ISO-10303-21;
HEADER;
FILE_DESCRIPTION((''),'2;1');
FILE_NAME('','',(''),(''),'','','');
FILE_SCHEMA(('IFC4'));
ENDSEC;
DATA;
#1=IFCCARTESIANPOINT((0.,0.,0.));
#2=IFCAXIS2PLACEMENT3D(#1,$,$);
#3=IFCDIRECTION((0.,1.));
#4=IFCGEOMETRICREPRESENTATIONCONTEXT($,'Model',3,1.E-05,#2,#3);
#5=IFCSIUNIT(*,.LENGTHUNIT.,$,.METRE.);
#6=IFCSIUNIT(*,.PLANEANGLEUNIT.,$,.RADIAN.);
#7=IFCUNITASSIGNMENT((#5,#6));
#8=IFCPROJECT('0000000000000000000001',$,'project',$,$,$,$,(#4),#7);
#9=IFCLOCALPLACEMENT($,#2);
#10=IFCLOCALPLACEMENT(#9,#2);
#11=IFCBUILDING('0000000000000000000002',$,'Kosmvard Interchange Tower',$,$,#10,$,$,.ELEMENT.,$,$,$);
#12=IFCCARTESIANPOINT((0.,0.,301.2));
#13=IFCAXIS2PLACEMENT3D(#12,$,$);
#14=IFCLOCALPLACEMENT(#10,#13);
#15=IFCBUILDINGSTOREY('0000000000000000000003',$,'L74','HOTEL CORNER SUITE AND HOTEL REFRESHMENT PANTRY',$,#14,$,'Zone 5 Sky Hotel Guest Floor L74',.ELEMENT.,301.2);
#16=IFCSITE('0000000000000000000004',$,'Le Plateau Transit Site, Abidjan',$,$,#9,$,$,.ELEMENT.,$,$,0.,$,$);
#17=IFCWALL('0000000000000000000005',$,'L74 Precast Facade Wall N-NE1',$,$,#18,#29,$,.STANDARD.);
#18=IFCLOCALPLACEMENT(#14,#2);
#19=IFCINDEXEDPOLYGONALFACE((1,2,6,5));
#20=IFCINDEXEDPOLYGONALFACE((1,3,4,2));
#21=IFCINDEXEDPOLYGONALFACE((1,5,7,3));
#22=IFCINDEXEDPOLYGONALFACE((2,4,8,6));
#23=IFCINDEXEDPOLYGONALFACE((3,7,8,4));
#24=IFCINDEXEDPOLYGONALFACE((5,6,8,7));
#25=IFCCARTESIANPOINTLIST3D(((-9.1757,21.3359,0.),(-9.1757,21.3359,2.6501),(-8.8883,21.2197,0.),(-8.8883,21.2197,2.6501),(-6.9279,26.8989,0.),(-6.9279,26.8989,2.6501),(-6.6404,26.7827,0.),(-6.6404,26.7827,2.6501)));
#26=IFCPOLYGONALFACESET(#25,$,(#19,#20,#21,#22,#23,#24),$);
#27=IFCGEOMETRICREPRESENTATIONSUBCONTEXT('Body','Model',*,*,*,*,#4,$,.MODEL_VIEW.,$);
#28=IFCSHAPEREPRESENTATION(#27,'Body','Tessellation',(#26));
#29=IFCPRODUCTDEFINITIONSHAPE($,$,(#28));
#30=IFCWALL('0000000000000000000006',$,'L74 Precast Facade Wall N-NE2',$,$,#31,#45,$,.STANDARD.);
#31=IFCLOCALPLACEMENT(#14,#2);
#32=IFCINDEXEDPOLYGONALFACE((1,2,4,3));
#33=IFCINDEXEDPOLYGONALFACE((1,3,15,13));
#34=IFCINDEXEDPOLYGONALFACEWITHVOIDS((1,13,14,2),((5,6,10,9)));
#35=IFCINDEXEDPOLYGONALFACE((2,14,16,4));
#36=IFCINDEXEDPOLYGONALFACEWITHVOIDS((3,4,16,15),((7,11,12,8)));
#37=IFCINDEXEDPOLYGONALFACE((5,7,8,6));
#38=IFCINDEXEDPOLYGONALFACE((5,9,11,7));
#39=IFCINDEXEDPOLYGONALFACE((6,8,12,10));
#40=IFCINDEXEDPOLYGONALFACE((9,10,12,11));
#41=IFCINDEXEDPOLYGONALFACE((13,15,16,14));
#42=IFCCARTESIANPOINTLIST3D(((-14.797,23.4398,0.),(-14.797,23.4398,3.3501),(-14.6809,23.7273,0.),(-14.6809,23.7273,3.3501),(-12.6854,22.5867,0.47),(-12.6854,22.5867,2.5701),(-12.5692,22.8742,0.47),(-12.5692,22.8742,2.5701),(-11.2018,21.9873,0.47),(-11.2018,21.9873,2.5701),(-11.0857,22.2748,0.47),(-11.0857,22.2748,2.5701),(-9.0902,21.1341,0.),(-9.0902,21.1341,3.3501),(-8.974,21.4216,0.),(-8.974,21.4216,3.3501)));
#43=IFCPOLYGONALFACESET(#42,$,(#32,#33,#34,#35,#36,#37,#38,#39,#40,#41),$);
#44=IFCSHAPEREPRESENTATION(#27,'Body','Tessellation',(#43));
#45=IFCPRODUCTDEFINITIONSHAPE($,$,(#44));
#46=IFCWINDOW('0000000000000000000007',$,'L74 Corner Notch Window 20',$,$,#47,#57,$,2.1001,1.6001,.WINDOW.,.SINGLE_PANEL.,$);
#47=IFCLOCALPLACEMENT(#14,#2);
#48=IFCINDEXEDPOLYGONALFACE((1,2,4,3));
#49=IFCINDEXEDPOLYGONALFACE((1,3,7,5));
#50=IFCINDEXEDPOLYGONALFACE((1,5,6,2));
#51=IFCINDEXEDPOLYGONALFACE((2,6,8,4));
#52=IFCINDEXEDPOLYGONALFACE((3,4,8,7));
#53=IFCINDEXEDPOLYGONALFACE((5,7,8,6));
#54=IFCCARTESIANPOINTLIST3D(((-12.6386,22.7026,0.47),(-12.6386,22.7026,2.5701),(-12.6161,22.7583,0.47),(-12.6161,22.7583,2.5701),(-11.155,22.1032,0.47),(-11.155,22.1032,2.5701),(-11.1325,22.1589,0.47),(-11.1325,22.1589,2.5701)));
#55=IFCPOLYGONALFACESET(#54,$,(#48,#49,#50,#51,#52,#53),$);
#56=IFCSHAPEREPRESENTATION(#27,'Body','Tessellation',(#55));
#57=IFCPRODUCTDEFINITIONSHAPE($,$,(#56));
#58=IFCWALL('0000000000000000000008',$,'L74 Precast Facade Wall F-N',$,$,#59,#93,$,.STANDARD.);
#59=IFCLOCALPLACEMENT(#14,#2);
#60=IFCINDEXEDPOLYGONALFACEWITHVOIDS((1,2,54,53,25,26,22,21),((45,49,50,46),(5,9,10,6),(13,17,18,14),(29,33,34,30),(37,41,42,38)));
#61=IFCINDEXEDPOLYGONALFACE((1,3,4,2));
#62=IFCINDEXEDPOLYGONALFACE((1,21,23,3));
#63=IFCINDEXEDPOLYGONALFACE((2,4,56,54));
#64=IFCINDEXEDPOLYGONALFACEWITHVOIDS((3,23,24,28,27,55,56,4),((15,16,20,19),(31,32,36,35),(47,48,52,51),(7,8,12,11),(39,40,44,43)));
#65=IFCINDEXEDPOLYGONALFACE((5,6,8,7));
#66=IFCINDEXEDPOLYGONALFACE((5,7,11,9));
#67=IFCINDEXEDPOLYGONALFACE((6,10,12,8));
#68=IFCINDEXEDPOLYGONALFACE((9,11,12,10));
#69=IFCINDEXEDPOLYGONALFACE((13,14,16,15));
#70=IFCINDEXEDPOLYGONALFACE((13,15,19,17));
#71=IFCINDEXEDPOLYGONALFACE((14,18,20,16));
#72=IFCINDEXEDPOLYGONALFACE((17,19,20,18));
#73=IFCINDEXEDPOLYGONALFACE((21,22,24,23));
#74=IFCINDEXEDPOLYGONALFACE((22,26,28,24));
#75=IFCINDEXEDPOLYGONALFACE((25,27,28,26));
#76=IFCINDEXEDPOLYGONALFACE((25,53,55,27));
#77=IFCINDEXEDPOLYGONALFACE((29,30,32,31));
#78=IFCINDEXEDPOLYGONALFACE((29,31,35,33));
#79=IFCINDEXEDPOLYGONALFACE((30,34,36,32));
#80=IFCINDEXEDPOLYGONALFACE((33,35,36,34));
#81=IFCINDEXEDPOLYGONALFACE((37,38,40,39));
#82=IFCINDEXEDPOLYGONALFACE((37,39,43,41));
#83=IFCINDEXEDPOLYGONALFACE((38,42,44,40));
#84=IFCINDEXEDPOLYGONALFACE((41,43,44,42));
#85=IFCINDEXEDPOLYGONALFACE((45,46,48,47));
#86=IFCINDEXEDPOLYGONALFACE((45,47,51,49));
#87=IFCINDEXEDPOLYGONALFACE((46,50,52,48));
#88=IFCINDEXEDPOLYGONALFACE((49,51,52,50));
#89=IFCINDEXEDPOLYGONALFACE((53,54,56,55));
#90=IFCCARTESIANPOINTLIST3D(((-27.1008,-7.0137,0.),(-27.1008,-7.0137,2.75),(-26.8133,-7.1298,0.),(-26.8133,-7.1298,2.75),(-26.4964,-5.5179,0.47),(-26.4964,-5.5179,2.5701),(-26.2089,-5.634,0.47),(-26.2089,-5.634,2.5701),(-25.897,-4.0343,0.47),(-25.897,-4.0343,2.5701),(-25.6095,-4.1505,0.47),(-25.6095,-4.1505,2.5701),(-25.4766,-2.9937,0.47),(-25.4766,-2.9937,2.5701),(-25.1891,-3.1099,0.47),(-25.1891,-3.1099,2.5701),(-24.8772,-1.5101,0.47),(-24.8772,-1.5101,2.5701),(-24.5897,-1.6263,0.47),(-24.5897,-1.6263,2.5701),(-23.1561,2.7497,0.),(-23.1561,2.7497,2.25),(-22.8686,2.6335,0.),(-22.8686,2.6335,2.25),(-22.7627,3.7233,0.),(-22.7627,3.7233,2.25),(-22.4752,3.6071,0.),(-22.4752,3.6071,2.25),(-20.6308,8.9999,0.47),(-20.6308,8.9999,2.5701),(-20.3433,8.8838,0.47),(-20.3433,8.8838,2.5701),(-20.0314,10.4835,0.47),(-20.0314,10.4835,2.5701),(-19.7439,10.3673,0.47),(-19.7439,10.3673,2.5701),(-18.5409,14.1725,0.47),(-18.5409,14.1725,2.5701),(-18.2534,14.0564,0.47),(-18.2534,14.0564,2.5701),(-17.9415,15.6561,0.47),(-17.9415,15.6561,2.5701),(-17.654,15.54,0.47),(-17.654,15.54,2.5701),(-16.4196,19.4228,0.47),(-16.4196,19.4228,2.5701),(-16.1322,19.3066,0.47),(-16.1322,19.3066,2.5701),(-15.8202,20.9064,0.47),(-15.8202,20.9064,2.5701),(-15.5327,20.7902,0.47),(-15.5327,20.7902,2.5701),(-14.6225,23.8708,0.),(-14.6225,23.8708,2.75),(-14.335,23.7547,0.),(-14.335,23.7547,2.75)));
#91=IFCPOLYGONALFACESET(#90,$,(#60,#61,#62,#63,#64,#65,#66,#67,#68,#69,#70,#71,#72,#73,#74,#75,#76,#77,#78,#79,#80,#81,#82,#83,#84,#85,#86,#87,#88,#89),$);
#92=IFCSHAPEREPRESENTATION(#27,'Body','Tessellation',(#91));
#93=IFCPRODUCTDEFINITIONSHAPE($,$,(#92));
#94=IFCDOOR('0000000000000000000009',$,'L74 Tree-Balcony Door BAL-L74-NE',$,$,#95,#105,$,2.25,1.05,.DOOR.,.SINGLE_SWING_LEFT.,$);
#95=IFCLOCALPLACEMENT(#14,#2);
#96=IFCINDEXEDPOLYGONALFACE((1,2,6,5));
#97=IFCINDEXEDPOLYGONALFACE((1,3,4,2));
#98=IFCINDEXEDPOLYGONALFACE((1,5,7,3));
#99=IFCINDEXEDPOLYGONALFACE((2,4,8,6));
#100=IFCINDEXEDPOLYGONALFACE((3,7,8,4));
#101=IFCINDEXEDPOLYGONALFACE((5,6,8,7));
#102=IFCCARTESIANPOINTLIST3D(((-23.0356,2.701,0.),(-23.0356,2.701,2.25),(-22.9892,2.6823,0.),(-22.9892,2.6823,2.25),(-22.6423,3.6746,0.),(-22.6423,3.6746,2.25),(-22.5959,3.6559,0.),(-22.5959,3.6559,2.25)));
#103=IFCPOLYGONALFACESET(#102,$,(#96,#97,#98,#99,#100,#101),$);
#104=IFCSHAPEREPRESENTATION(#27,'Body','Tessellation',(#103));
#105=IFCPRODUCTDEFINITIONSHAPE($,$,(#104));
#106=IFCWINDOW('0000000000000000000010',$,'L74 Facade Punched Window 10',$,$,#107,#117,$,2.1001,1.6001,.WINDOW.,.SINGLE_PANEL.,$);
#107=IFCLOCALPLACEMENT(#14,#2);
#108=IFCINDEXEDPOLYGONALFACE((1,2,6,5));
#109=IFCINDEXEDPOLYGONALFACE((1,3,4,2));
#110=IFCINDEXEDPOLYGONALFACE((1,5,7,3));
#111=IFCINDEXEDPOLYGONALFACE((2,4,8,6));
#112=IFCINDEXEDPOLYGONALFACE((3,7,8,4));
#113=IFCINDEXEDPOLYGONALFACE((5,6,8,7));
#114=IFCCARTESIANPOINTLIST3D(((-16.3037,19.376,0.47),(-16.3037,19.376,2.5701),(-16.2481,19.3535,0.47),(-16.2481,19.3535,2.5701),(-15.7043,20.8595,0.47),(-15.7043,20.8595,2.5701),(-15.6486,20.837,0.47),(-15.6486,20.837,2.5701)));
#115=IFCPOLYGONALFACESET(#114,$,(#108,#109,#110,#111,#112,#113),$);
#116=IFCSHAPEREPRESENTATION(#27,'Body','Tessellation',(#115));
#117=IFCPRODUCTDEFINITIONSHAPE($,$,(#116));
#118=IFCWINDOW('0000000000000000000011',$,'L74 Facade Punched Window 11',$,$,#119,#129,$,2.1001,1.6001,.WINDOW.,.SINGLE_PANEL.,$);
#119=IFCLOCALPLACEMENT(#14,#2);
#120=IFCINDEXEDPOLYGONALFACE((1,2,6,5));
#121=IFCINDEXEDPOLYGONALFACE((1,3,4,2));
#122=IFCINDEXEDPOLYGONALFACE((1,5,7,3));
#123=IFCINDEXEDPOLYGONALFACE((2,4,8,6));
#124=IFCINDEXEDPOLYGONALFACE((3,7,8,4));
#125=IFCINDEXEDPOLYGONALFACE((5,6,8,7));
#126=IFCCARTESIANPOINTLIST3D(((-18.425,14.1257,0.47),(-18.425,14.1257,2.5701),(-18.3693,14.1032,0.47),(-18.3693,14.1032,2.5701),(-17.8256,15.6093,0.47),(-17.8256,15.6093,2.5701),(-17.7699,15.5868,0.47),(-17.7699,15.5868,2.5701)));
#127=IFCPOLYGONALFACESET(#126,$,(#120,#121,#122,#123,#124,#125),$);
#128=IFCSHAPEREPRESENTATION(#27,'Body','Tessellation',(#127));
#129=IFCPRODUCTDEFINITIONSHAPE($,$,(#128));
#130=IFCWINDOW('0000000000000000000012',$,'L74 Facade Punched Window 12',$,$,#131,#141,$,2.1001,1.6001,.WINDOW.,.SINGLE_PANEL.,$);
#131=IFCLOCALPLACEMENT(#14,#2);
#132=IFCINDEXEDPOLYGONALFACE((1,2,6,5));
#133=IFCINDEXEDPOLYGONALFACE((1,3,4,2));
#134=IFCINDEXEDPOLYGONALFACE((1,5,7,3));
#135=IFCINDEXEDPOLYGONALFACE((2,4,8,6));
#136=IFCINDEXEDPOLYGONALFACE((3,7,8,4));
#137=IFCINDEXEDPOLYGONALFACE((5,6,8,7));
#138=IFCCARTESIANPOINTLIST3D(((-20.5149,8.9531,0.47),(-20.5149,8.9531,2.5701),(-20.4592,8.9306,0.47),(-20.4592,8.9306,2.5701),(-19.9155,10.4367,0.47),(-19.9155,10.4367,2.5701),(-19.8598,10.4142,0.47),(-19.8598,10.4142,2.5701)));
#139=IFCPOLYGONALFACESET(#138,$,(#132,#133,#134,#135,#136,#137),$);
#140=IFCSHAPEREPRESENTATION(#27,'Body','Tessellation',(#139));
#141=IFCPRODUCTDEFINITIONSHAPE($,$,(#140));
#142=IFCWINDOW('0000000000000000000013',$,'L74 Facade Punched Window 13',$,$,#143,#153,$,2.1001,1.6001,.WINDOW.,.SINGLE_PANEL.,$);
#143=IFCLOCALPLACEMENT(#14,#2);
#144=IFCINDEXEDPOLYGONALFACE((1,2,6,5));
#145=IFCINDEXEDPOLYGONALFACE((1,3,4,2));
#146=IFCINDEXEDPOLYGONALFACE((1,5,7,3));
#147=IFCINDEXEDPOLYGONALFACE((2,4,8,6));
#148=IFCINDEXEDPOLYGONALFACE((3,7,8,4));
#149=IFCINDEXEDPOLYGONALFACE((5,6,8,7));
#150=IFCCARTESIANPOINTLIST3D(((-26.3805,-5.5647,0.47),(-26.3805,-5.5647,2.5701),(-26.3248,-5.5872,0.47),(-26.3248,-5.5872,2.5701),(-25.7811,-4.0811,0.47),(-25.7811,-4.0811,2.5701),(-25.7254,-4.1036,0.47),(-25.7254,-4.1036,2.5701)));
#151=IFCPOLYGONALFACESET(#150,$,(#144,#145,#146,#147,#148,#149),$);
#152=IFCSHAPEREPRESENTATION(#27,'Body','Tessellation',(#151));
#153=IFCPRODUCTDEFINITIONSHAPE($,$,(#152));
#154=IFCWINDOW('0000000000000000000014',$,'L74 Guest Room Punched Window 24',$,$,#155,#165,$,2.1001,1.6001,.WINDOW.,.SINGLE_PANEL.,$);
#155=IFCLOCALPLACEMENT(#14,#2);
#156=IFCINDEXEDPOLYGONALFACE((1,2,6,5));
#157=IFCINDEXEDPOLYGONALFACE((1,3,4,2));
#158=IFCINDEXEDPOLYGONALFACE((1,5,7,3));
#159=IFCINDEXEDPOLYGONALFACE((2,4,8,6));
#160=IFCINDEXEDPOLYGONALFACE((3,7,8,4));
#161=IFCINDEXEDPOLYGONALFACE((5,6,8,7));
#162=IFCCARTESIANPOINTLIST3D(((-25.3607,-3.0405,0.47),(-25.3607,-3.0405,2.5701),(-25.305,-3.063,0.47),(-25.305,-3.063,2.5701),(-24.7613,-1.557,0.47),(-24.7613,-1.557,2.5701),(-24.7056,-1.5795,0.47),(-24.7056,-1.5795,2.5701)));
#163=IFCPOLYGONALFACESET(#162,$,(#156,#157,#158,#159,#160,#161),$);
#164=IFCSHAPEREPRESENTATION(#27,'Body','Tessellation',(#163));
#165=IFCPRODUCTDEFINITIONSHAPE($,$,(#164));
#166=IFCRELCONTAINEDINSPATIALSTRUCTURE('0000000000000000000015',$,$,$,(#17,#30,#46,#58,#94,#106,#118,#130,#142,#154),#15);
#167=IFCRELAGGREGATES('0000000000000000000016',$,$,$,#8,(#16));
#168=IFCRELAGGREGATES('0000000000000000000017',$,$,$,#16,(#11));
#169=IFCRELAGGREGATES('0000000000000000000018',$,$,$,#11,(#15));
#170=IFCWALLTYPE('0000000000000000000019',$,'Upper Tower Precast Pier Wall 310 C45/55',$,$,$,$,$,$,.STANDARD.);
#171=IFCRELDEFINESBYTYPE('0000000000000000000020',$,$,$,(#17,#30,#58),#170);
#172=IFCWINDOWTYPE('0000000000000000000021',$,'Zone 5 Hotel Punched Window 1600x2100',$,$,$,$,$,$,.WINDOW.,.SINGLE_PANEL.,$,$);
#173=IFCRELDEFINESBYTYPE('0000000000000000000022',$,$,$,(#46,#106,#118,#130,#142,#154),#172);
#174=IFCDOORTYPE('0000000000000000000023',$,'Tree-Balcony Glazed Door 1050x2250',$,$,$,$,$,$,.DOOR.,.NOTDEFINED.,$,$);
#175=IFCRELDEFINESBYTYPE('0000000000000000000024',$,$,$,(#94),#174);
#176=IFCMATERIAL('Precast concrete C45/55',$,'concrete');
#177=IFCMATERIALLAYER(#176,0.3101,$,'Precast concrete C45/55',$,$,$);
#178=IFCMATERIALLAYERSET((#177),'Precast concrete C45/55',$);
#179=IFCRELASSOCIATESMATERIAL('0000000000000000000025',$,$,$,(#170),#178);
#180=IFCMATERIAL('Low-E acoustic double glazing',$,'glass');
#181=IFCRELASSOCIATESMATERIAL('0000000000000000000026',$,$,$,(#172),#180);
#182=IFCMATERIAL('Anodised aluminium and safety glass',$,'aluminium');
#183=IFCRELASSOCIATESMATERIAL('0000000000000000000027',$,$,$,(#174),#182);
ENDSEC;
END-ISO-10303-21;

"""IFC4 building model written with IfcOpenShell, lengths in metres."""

from ifc_helpers import new_model, si_unit, direction, frame, frame_2d, origin, place, context, subcontext, project, spatial, rectangle, extrude, source, transform, mapped, material, layer, layer_set, type_object, element, fill, save


model = new_model("IFC4")

# Units and contexts
model_context = context("Model", 3, precision=1e-05, world=origin(), true_north=direction((0.0, 1.0)))
body_context = subcontext(model_context, "Body", "Model", "MODEL_VIEW")
ifc_project = project(units=[si_unit("LENGTHUNIT", "METRE"), si_unit("PLANEANGLEUNIT", "RADIAN")], contexts=[model_context])

# Site, building, storey
site_placement = place(None, origin())
site = spatial("IfcSite", under=ifc_project, at=site_placement, Name="Le Plateau Transit Site, Abidjan", CompositionType="ELEMENT", RefElevation=0.0)
building_placement = place(site_placement, origin())
building = spatial("IfcBuilding", under=site, at=building_placement, Name="Kosmvard Interchange Tower", CompositionType="ELEMENT")
storey_placement = place(building_placement, frame((0.0, 0.0, 301.2)))
storey = spatial("IfcBuildingStorey", under=building, at=storey_placement, Name="L74", Description="HOTEL CORNER SUITE AND HOTEL REFRESHMENT PANTRY", LongName="Zone 5 Sky Hotel Guest Floor L74", CompositionType="ELEMENT", Elevation=301.2)

# Shared definitions
ifc_material_1 = material(Name="Precast concrete C45/55", Category="concrete")

# Wall
ifc_layer_1 = layer(ifc_material_1, 0.3101, Name="Precast concrete C45/55")
ifc_layer_set_1 = layer_set([ifc_layer_1], Name="Precast concrete C45/55")
wall_type_1 = type_object("IfcWallType", Name="Upper Tower Precast Pier Wall 310 C45/55", PredefinedType="STANDARD", material=ifc_layer_set_1)
wall_1_placement = place(storey_placement, frame((-6.7842, 26.8408, 0.0), z_axis=(0.0, 0.0, 1.0), x_axis=(-0.374637, -0.927172, 0.0)))
element("IfcWall", 1, at=wall_1_placement, inside=storey, type_object=wall_type_1, Name="L74 Precast Facade Wall N-NE1", PredefinedType="STANDARD", context=body_context, shape_type="SweptSolid", body=[
    extrude(rectangle(XDim=6.0, YDim=0.3101, at=frame_2d((3.0, 0.0))), origin(), (0.0, 0.0, 1.0), 2.6501),
])

# Wall, opening, window
wall_2_placement = place(storey_placement, frame((-9.032, 21.2778, 0.0), z_axis=(0.0, 0.0, 1.0), x_axis=(-0.927185, 0.374603, 0.0)))
wall_2 = element("IfcWall", 2, at=wall_2_placement, inside=storey, type_object=wall_type_1, Name="L74 Precast Facade Wall N-NE2", PredefinedType="STANDARD", context=body_context, shape_type="SweptSolid", body=[
    extrude(rectangle(XDim=6.155, YDim=0.3101, at=frame_2d((3.0776, 0.0))), origin(), (0.0, 0.0, 1.0), 3.3501),
])
opening_1_placement = place(wall_2_placement, frame((2.2776, 0.0, 0.47)))
opening_1 = element("IfcOpeningElement", 3, at=opening_1_placement, cuts=wall_2, PredefinedType="OPENING", context=body_context, shape_type="SweptSolid", body=[
    extrude(rectangle(XDim=1.6001, YDim=2.1001, at=frame_2d((0.8, 1.05))), frame((0.0, 0.165, 0.0), z_axis=(0.0, -1.0, 0.0), x_axis=(1.0, 0.0, 0.0)), (0.0, 0.0, 1.0), 0.3301),
])
ifc_material_2 = material(Name="Low-E acoustic double glazing", Category="glass")
window_type = type_object("IfcWindowType", Name="Zone 5 Hotel Punched Window 1600x2100", PartitioningType="SINGLE_PANEL", PredefinedType="WINDOW", material=ifc_material_2)
shared_shape_1 = source(origin(), body_context, "Body", "SweptSolid", [
    extrude(rectangle(XDim=1.6001, YDim=2.1001, at=frame_2d((0.8, 1.05))), frame((0.0, 0.03, 0.0), z_axis=(0.0, -1.0, 0.0), x_axis=(1.0, 0.0, 0.0)), (0.0, 0.0, 1.0), 0.0601),
])
window_1_placement = place(opening_1_placement, origin())
window_1 = element("IfcWindow", 4, at=window_1_placement, inside=storey, type_object=window_type, Name="L74 Corner Notch Window 20", OverallHeight=2.1001, OverallWidth=1.6001, PartitioningType="SINGLE_PANEL", PredefinedType="WINDOW", context=body_context, shape_type="MappedRepresentation", body=[
    mapped(shared_shape_1, transform((0.0, 0.0, 0.0), scale=1.0)),
])
fill(opening_1, window_1)

# Wall, openings, door, windows
wall_3_placement = place(storey_placement, frame((-14.4788, 23.8127, 0.0), z_axis=(0.0, 0.0, 1.0), x_axis=(-0.37461, -0.927183, 0.0)))
wall_3 = element("IfcWall", 5, at=wall_3_placement, inside=storey, type_object=wall_type_1, Name="L74 Precast Facade Wall F-N", PredefinedType="STANDARD", context=body_context, shape_type="SweptSolid", body=[
    extrude(rectangle(XDim=33.3101, YDim=0.3101, at=frame_2d((16.655, 0.0))), origin(), (0.0, 0.0, 1.0), 2.75),
])
opening_2_placement = place(wall_3_placement, frame((21.73, 0.0, 0.0)))
opening_2 = element("IfcOpeningElement", 6, at=opening_2_placement, cuts=wall_3, PredefinedType="OPENING", context=body_context, shape_type="SweptSolid", body=[
    extrude(rectangle(XDim=1.05, YDim=2.25, at=frame_2d((0.5249, 1.125))), frame((0.0, 0.165, 0.0), z_axis=(0.0, -1.0, 0.0), x_axis=(1.0, 0.0, 0.0)), (0.0, 0.0, 1.0), 0.3301),
])
opening_3_placement = place(wall_3_placement, frame((3.1973, 0.0, 0.47)))
opening_3 = element("IfcOpeningElement", 7, at=opening_3_placement, cuts=wall_3, PredefinedType="OPENING", context=body_context, shape_type="SweptSolid", body=[
    extrude(rectangle(XDim=1.6001, YDim=2.1001, at=frame_2d((0.8, 1.05))), frame((0.0, 0.165, 0.0), z_axis=(0.0, -1.0, 0.0), x_axis=(1.0, 0.0, 0.0)), (0.0, 0.0, 1.0), 0.3301),
])
opening_4_placement = place(wall_3_placement, frame((8.8599, 0.0, 0.47)))
opening_4 = element("IfcOpeningElement", 8, at=opening_4_placement, cuts=wall_3, PredefinedType="OPENING", context=body_context, shape_type="SweptSolid", body=[
    extrude(rectangle(XDim=1.6001, YDim=2.1001, at=frame_2d((0.8, 1.05))), frame((0.0, 0.165, 0.0), z_axis=(0.0, -1.0, 0.0), x_axis=(1.0, 0.0, 0.0)), (0.0, 0.0, 1.0), 0.3301),
])
opening_5_placement = place(wall_3_placement, frame((14.4387, 0.0, 0.47)))
opening_5 = element("IfcOpeningElement", 9, at=opening_5_placement, cuts=wall_3, PredefinedType="OPENING", context=body_context, shape_type="SweptSolid", body=[
    extrude(rectangle(XDim=1.6001, YDim=2.1001, at=frame_2d((0.8, 1.05))), frame((0.0, 0.165, 0.0), z_axis=(0.0, -1.0, 0.0), x_axis=(1.0, 0.0, 0.0)), (0.0, 0.0, 1.0), 0.3301),
])
opening_6_placement = place(wall_3_placement, frame((30.0967, 0.0, 0.47)))
opening_6 = element("IfcOpeningElement", 10, at=opening_6_placement, cuts=wall_3, PredefinedType="OPENING", context=body_context, shape_type="SweptSolid", body=[
    extrude(rectangle(XDim=1.6001, YDim=2.1001, at=frame_2d((0.8, 1.05))), frame((0.0, 0.165, 0.0), z_axis=(0.0, -1.0, 0.0), x_axis=(1.0, 0.0, 0.0)), (0.0, 0.0, 1.0), 0.3301),
])
opening_7_placement = place(wall_3_placement, frame((27.3743, 0.0, 0.47)))
opening_7 = element("IfcOpeningElement", 11, at=opening_7_placement, cuts=wall_3, PredefinedType="OPENING", context=body_context, shape_type="SweptSolid", body=[
    extrude(rectangle(XDim=1.6001, YDim=2.1001, at=frame_2d((0.8, 1.05))), frame((0.0, 0.165, 0.0), z_axis=(0.0, -1.0, 0.0), x_axis=(1.0, 0.0, 0.0)), (0.0, 0.0, 1.0), 0.3301),
])
ifc_material_3 = material(Name="Anodised aluminium and safety glass", Category="aluminium")
door_type_1 = type_object("IfcDoorType", Name="Tree-Balcony Glazed Door 1050x2250", OperationType="NOTDEFINED", PredefinedType="DOOR", material=ifc_material_3)
shared_shape_2 = source(origin(), body_context, "Body", "SweptSolid", [
    extrude(rectangle(XDim=1.05, YDim=2.25, at=frame_2d((0.5249, 1.125))), frame((0.0, 0.0249, 0.0), z_axis=(0.0, -1.0, 0.0), x_axis=(1.0, 0.0, 0.0)), (0.0, 0.0, 1.0), 0.05),
])
door_1_placement = place(opening_2_placement, origin())
door_1 = element("IfcDoor", 12, at=door_1_placement, inside=storey, type_object=door_type_1, Name="L74 Tree-Balcony Door BAL-L74-NE", OperationType="SINGLE_SWING_LEFT", OverallHeight=2.25, OverallWidth=1.05, PredefinedType="DOOR", context=body_context, shape_type="MappedRepresentation", body=[
    mapped(shared_shape_2, transform((0.0, 0.0, 0.0), scale=1.0)),
])
fill(opening_2, door_1)
window_2_placement = place(opening_3_placement, origin())
window_2 = element("IfcWindow", 13, at=window_2_placement, inside=storey, type_object=window_type, Name="L74 Facade Punched Window 10", OverallHeight=2.1001, OverallWidth=1.6001, PartitioningType="SINGLE_PANEL", PredefinedType="WINDOW", context=body_context, shape_type="MappedRepresentation", body=[
    mapped(shared_shape_1, transform((0.0, 0.0, 0.0), scale=1.0)),
])
fill(opening_3, window_2)
window_3_placement = place(opening_4_placement, origin())
window_3 = element("IfcWindow", 14, at=window_3_placement, inside=storey, type_object=window_type, Name="L74 Facade Punched Window 11", OverallHeight=2.1001, OverallWidth=1.6001, PartitioningType="SINGLE_PANEL", PredefinedType="WINDOW", context=body_context, shape_type="MappedRepresentation", body=[
    mapped(shared_shape_1, transform((0.0, 0.0, 0.0), scale=1.0)),
])
fill(opening_4, window_3)
window_4_placement = place(opening_5_placement, origin())
window_4 = element("IfcWindow", 15, at=window_4_placement, inside=storey, type_object=window_type, Name="L74 Facade Punched Window 12", OverallHeight=2.1001, OverallWidth=1.6001, PartitioningType="SINGLE_PANEL", PredefinedType="WINDOW", context=body_context, shape_type="MappedRepresentation", body=[
    mapped(shared_shape_1, transform((0.0, 0.0, 0.0), scale=1.0)),
])
fill(opening_5, window_4)
window_5_placement = place(opening_6_placement, origin())
window_5 = element("IfcWindow", 16, at=window_5_placement, inside=storey, type_object=window_type, Name="L74 Facade Punched Window 13", OverallHeight=2.1001, OverallWidth=1.6001, PartitioningType="SINGLE_PANEL", PredefinedType="WINDOW", context=body_context, shape_type="MappedRepresentation", body=[
    mapped(shared_shape_1, transform((0.0, 0.0, 0.0), scale=1.0)),
])
fill(opening_6, window_5)
window_6_placement = place(opening_7_placement, origin())
window_6 = element("IfcWindow", 17, at=window_6_placement, inside=storey, type_object=window_type, Name="L74 Guest Room Punched Window 24", OverallHeight=2.1001, OverallWidth=1.6001, PartitioningType="SINGLE_PANEL", PredefinedType="WINDOW", context=body_context, shape_type="MappedRepresentation", body=[
    mapped(shared_shape_1, transform((0.0, 0.0, 0.0), scale=1.0)),
])
fill(opening_7, window_6)

save(model, "model.ifc")
